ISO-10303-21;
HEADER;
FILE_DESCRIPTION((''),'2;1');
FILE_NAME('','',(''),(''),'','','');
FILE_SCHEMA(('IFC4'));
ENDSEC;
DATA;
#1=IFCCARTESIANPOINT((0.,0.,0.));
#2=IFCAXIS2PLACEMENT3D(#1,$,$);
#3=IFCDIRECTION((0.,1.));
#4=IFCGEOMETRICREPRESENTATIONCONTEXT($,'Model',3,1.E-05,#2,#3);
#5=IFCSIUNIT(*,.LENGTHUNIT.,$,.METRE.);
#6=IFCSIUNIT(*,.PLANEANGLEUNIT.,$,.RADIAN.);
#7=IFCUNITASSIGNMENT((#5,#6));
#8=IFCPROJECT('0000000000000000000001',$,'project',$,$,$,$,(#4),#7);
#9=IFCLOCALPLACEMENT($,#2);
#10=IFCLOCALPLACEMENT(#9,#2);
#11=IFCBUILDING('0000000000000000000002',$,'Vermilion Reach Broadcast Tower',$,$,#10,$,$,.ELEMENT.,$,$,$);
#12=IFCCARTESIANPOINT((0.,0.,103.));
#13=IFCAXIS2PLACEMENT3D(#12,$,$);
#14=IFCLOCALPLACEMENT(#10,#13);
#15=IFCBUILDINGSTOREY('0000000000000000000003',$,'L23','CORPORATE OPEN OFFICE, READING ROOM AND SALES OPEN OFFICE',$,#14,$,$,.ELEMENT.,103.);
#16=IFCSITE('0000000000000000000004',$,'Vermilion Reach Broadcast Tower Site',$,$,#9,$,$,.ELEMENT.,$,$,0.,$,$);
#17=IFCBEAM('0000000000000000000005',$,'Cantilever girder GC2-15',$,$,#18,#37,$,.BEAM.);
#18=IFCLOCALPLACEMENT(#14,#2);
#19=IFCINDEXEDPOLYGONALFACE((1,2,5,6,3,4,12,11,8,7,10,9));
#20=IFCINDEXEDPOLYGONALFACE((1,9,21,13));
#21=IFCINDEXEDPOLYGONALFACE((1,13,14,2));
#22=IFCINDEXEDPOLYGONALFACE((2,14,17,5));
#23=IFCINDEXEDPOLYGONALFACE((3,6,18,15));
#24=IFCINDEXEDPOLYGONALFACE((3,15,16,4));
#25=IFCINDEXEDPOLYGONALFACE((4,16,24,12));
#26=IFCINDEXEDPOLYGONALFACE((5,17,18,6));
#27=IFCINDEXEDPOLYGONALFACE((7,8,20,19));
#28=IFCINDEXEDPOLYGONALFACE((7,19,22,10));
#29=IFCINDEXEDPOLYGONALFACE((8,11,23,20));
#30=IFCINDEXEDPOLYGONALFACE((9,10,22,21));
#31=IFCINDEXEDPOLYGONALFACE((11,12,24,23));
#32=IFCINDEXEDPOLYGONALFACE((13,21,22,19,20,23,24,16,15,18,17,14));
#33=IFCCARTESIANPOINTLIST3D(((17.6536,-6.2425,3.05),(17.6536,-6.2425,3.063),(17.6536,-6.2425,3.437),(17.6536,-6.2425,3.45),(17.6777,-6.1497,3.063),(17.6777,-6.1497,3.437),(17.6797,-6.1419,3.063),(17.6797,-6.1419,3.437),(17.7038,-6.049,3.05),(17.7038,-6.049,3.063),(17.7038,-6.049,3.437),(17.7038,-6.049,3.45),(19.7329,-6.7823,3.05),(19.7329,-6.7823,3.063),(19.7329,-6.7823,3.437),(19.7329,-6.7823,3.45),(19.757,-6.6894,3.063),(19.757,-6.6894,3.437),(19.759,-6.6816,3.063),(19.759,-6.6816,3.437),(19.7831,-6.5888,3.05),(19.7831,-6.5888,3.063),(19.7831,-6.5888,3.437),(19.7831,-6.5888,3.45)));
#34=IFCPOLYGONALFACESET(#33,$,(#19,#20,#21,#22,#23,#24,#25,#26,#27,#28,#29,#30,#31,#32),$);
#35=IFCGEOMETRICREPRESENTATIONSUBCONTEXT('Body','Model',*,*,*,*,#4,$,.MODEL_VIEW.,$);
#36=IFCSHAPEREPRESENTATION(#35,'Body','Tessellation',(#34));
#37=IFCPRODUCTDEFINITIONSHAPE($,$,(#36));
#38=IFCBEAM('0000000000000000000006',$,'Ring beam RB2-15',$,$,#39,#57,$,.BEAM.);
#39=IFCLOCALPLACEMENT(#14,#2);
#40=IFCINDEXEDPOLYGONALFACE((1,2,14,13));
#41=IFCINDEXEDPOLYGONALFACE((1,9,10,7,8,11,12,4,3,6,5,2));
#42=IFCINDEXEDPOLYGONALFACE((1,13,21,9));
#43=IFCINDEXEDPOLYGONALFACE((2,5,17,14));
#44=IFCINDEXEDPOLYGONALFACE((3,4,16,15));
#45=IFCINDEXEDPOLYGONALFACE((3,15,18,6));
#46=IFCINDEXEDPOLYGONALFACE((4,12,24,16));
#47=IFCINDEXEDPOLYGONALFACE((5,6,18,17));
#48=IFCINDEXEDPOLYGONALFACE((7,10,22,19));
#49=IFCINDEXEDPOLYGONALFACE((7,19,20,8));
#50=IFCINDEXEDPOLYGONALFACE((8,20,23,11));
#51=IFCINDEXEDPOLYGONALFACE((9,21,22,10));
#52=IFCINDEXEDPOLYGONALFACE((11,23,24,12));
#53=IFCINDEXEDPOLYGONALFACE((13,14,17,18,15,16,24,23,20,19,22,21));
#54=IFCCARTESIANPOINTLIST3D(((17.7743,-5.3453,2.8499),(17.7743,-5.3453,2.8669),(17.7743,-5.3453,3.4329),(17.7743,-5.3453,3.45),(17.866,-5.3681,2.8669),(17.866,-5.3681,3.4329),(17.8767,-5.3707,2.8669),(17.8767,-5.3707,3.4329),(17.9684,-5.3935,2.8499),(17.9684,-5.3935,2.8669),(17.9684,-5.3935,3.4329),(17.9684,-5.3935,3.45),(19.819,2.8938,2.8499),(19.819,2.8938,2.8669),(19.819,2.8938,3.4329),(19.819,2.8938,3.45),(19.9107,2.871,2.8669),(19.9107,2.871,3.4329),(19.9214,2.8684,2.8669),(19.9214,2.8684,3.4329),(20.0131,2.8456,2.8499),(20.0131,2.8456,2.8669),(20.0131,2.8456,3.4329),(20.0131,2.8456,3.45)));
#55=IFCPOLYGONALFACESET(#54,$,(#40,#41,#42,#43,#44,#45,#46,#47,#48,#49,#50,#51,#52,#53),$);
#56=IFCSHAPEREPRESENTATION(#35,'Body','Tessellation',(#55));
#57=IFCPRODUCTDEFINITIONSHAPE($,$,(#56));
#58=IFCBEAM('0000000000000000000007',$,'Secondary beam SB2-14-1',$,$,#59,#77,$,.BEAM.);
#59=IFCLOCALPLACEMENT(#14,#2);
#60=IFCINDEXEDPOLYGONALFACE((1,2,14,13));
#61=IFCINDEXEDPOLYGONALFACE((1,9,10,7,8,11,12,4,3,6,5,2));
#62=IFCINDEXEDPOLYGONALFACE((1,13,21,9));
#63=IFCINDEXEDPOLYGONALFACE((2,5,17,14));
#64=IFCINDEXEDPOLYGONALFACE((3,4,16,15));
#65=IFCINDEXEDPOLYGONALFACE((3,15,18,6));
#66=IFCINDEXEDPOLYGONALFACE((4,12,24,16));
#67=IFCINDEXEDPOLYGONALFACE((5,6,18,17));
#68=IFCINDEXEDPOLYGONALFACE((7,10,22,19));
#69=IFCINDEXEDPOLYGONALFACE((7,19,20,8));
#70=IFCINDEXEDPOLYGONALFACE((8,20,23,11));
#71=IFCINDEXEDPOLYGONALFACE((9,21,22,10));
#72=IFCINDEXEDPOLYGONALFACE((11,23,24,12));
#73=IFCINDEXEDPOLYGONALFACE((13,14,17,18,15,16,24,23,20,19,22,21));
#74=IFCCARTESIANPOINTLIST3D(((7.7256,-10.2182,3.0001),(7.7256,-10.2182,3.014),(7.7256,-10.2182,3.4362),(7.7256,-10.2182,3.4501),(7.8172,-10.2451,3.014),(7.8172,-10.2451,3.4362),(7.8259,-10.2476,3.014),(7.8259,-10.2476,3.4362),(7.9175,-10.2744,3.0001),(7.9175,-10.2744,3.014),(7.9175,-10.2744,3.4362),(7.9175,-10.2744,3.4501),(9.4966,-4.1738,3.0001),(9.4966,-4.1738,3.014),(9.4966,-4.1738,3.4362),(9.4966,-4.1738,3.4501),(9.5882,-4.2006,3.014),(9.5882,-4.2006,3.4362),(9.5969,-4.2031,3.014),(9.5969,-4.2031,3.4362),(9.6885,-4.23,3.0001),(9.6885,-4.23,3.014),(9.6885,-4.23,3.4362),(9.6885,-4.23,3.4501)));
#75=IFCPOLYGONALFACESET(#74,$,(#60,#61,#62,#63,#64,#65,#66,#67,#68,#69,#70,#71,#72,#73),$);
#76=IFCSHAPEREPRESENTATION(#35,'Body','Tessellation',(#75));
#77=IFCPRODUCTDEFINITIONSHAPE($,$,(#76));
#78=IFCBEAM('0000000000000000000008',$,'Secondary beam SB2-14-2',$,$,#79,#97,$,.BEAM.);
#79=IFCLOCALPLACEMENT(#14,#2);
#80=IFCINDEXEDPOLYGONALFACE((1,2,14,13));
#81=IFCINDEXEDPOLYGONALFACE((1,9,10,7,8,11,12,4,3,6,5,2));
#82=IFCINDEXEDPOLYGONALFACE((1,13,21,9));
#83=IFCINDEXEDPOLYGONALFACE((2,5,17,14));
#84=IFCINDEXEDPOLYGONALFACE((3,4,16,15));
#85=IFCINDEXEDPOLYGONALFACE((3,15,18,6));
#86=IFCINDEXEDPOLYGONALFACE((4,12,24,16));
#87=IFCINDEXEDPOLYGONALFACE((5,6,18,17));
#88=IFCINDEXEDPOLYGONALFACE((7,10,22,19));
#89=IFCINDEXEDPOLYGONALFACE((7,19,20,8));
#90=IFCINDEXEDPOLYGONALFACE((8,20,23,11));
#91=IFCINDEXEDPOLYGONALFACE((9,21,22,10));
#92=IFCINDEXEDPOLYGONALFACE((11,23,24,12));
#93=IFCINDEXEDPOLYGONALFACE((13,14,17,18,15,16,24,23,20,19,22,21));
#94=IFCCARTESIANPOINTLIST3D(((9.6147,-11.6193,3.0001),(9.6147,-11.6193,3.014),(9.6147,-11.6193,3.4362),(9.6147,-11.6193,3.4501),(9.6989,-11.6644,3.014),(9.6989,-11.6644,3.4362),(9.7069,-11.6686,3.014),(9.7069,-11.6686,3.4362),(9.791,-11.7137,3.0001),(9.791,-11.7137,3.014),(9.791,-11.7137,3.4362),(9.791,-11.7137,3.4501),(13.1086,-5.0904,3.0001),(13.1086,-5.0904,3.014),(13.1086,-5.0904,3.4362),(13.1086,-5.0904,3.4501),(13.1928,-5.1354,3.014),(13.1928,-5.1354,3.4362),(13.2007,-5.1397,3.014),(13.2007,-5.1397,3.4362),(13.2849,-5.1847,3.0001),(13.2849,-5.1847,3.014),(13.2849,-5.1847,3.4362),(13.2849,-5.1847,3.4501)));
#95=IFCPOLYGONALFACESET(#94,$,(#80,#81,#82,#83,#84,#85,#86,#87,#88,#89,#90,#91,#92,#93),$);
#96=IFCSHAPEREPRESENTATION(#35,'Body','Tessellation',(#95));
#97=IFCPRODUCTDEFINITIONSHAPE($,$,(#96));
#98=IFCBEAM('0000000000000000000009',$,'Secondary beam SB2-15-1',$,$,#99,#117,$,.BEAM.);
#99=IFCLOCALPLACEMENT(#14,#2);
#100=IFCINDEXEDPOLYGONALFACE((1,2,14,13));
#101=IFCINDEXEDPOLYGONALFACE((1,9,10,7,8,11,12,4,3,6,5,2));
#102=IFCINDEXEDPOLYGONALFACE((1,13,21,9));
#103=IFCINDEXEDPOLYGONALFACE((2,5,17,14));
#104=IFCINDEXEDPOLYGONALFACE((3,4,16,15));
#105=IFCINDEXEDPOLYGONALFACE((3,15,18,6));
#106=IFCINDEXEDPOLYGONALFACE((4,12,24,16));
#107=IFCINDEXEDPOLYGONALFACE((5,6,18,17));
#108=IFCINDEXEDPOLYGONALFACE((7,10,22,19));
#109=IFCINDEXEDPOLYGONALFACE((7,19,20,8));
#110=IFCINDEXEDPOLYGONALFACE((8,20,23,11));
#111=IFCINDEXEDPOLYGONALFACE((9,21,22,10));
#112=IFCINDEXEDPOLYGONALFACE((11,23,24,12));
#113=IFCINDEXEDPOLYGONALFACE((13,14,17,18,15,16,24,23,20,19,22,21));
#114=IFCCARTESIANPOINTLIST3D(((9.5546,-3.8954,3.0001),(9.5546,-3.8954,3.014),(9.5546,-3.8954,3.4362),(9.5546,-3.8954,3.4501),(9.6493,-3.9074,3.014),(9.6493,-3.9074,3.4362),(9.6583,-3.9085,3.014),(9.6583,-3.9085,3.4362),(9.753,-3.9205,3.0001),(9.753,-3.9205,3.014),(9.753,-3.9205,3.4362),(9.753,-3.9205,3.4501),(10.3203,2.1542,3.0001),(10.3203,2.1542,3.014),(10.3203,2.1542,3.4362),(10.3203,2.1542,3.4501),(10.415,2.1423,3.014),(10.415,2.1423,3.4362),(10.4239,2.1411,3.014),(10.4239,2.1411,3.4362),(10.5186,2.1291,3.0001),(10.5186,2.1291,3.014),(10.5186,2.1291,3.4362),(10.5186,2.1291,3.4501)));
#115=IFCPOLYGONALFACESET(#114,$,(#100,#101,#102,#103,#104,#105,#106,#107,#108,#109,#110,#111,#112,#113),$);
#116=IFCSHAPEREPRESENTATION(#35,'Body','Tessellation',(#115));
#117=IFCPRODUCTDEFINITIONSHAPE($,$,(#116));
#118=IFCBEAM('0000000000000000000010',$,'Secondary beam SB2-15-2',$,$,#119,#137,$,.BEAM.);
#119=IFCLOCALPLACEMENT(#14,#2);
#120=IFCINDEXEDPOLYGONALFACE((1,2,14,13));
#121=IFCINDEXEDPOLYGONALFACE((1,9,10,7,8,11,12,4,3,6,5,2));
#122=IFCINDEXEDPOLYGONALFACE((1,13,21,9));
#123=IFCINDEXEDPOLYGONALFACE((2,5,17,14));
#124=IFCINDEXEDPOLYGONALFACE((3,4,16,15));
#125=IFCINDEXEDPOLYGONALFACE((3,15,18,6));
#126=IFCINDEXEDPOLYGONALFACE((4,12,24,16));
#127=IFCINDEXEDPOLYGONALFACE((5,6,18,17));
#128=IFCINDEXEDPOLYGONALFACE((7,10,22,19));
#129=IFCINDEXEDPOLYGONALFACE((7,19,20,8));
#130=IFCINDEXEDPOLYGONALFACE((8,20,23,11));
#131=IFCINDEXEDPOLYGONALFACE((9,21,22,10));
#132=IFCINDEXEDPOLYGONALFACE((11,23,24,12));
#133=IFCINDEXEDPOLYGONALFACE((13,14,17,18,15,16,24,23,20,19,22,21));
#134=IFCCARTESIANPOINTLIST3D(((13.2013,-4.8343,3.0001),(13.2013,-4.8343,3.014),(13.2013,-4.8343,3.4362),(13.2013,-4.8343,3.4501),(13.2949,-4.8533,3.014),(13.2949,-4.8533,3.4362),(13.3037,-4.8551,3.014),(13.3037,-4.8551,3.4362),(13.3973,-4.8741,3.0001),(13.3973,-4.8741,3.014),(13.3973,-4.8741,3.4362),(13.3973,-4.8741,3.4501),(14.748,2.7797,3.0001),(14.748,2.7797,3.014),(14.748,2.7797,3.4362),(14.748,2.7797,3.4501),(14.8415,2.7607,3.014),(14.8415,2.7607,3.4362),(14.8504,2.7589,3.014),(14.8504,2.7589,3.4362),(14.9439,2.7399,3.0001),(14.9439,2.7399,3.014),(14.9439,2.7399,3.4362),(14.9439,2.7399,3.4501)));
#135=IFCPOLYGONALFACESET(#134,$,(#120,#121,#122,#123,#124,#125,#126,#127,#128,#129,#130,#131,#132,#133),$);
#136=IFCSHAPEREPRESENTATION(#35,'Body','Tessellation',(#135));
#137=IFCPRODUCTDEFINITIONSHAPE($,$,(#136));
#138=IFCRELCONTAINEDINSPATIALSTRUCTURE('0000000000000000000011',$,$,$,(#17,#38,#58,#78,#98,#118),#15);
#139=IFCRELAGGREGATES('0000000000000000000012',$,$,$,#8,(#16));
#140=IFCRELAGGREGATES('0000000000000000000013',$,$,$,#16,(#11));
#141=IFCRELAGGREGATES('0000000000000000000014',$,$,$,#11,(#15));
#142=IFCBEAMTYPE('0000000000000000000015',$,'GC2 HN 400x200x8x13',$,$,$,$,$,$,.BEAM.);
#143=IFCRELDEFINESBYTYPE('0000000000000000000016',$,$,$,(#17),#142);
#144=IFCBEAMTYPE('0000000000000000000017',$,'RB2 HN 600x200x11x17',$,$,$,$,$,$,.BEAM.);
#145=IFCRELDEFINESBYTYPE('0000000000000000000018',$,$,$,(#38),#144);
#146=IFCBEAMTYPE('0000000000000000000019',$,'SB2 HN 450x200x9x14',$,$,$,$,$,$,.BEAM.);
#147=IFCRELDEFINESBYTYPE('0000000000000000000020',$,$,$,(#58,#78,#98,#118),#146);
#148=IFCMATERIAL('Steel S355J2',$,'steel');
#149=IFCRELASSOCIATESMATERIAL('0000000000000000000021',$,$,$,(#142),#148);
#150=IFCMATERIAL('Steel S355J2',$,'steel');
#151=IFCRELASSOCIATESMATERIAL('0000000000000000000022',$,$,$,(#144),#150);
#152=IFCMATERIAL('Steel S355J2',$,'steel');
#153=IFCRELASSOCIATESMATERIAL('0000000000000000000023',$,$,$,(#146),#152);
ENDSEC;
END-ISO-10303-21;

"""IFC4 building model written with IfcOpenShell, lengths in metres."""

from ifc_helpers import new_model, si_unit, direction, frame, origin, origin_2d, place, context, subcontext, project, spatial, i_section, extrude, material, material_profile, profile_set, type_object, element, save


model = new_model("IFC4")

# Units and contexts
model_context = context("Model", 3, precision=1e-05, world=origin(), true_north=direction((0.0, 1.0)))
body_context = subcontext(model_context, "Body", "Model", "MODEL_VIEW")
ifc_project = project(units=[si_unit("LENGTHUNIT", "METRE"), si_unit("PLANEANGLEUNIT", "RADIAN")], contexts=[model_context])

# Site, building, storey
site_placement = place(None, origin())
site = spatial("IfcSite", under=ifc_project, at=site_placement, Name="Vermilion Reach Broadcast Tower Site", CompositionType="ELEMENT", RefElevation=0.0)
building_placement = place(site_placement, origin())
building = spatial("IfcBuilding", under=site, at=building_placement, Name="Vermilion Reach Broadcast Tower", CompositionType="ELEMENT")
storey_placement = place(building_placement, frame((0.0, 0.0, 103.0)))
storey = spatial("IfcBuildingStorey", under=building, at=storey_placement, Name="L23", Description="CORPORATE OPEN OFFICE, READING ROOM AND SALES OPEN OFFICE", CompositionType="ELEMENT", Elevation=103.0)

# Beams
ifc_material_1 = material(Name="Steel S355J2", Category="steel")
ifc_material_profile_1 = material_profile(ifc_material_1, i_section(OverallWidth=0.2, OverallDepth=0.3999, WebThickness=0.0081, FlangeThickness=0.0129, at=origin_2d()), Name="S355J2 HN 400x200x8x13")
ifc_profile_set_1 = profile_set([ifc_material_profile_1], Name="Steel S355J2")
beam_type_1 = type_object("IfcBeamType", Name="GC2 HN 400x200x8x13", PredefinedType="BEAM", material=ifc_profile_set_1)
beam_1_placement = place(storey_placement, frame((17.6787, -6.1458, 3.25), z_axis=(0.967917, -0.25127, 0.0), x_axis=(0.25127, 0.967917, 0.0)))
element("IfcBeam", 1, at=beam_1_placement, inside=storey, type_object=beam_type_1, Name="Cantilever girder GC2-15", PredefinedType="BEAM", context=body_context, shape_type="SweptSolid", body=[
    extrude(i_section(OverallWidth=0.2, OverallDepth=0.3999, WebThickness=0.0081, FlangeThickness=0.0129, at=origin_2d()), origin(), (0.0, 0.0, 1.0), 2.1482),
])
ifc_material_2 = material(Name="Steel S355J2", Category="steel")
ifc_material_profile_2 = material_profile(ifc_material_2, i_section(OverallWidth=0.2, OverallDepth=0.6001, WebThickness=0.011, FlangeThickness=0.0171, at=origin_2d()), Name="S355J2 HN 600x200x11x17")
ifc_profile_set_2 = profile_set([ifc_material_profile_2], Name="Steel S355J2")
beam_type_2 = type_object("IfcBeamType", Name="RB2 HN 600x200x11x17", PredefinedType="BEAM", material=ifc_profile_set_2)
beam_2_placement = place(storey_placement, frame((17.8713, -5.3694, 3.1499), z_axis=(0.240864, 0.970559, 0.0), x_axis=(-0.970559, 0.240864, 0.0)))
element("IfcBeam", 2, at=beam_2_placement, inside=storey, type_object=beam_type_2, Name="Ring beam RB2-15", PredefinedType="BEAM", context=body_context, shape_type="SweptSolid", body=[
    extrude(i_section(OverallWidth=0.2, OverallDepth=0.6001, WebThickness=0.011, FlangeThickness=0.0171, at=origin_2d()), origin(), (0.0, 0.0, 1.0), 8.489),
])
ifc_material_3 = material(Name="Steel S355J2", Category="steel")
ifc_material_profile_3 = material_profile(ifc_material_3, i_section(OverallWidth=0.2, OverallDepth=0.45, WebThickness=0.009, FlangeThickness=0.0139, at=origin_2d()), Name="S355J2 HN 450x200x9x14")
ifc_profile_set_3 = profile_set([ifc_material_profile_3], Name="Steel S355J2")
beam_type_3 = type_object("IfcBeamType", Name="SB2 HN 450x200x9x14", PredefinedType="BEAM", material=ifc_profile_set_3)
beam_3_placement = place(storey_placement, frame((7.8215, -10.2463, 3.2251), z_axis=(0.281176, 0.959656, 0.0), x_axis=(-0.959656, 0.281176, 0.0)))
element("IfcBeam", 3, at=beam_3_placement, inside=storey, type_object=beam_type_3, Name="Secondary beam SB2-14-1", PredefinedType="BEAM", context=body_context, shape_type="SweptSolid", body=[
    extrude(i_section(OverallWidth=0.2, OverallDepth=0.45, WebThickness=0.009, FlangeThickness=0.0139, at=origin_2d()), origin(), (0.0, 0.0, 1.0), 6.2986),
])
beam_4_placement = place(storey_placement, frame((9.7029, -11.6665, 3.2251), z_axis=(0.471822, 0.881694, 0.0), x_axis=(-0.881694, 0.471822, 0.0)))
element("IfcBeam", 4, at=beam_4_placement, inside=storey, type_object=beam_type_3, Name="Secondary beam SB2-14-2", PredefinedType="BEAM", context=body_context, shape_type="SweptSolid", body=[
    extrude(i_section(OverallWidth=0.2, OverallDepth=0.45, WebThickness=0.009, FlangeThickness=0.0139, at=origin_2d()), origin(), (0.0, 0.0, 1.0), 7.405),
])
beam_5_placement = place(storey_placement, frame((9.6538, -3.908, 3.2251), z_axis=(0.125557, 0.992086, 0.0), x_axis=(-0.992086, 0.125557, 0.0)))
element("IfcBeam", 5, at=beam_5_placement, inside=storey, type_object=beam_type_3, Name="Secondary beam SB2-15-1", PredefinedType="BEAM", context=body_context, shape_type="SweptSolid", body=[
    extrude(i_section(OverallWidth=0.2, OverallDepth=0.45, WebThickness=0.009, FlangeThickness=0.0139, at=origin_2d()), origin(), (0.0, 0.0, 1.0), 6.0979),
])
beam_6_placement = place(storey_placement, frame((13.2993, -4.8542, 3.2251), z_axis=(0.199064, 0.979986, 0.0), x_axis=(-0.979986, 0.199064, 0.0)))
element("IfcBeam", 6, at=beam_6_placement, inside=storey, type_object=beam_type_3, Name="Secondary beam SB2-15-2", PredefinedType="BEAM", context=body_context, shape_type="SweptSolid", body=[
    extrude(i_section(OverallWidth=0.2, OverallDepth=0.45, WebThickness=0.009, FlangeThickness=0.0139, at=origin_2d()), origin(), (0.0, 0.0, 1.0), 7.7695),
])

save(model, "model.ifc")
